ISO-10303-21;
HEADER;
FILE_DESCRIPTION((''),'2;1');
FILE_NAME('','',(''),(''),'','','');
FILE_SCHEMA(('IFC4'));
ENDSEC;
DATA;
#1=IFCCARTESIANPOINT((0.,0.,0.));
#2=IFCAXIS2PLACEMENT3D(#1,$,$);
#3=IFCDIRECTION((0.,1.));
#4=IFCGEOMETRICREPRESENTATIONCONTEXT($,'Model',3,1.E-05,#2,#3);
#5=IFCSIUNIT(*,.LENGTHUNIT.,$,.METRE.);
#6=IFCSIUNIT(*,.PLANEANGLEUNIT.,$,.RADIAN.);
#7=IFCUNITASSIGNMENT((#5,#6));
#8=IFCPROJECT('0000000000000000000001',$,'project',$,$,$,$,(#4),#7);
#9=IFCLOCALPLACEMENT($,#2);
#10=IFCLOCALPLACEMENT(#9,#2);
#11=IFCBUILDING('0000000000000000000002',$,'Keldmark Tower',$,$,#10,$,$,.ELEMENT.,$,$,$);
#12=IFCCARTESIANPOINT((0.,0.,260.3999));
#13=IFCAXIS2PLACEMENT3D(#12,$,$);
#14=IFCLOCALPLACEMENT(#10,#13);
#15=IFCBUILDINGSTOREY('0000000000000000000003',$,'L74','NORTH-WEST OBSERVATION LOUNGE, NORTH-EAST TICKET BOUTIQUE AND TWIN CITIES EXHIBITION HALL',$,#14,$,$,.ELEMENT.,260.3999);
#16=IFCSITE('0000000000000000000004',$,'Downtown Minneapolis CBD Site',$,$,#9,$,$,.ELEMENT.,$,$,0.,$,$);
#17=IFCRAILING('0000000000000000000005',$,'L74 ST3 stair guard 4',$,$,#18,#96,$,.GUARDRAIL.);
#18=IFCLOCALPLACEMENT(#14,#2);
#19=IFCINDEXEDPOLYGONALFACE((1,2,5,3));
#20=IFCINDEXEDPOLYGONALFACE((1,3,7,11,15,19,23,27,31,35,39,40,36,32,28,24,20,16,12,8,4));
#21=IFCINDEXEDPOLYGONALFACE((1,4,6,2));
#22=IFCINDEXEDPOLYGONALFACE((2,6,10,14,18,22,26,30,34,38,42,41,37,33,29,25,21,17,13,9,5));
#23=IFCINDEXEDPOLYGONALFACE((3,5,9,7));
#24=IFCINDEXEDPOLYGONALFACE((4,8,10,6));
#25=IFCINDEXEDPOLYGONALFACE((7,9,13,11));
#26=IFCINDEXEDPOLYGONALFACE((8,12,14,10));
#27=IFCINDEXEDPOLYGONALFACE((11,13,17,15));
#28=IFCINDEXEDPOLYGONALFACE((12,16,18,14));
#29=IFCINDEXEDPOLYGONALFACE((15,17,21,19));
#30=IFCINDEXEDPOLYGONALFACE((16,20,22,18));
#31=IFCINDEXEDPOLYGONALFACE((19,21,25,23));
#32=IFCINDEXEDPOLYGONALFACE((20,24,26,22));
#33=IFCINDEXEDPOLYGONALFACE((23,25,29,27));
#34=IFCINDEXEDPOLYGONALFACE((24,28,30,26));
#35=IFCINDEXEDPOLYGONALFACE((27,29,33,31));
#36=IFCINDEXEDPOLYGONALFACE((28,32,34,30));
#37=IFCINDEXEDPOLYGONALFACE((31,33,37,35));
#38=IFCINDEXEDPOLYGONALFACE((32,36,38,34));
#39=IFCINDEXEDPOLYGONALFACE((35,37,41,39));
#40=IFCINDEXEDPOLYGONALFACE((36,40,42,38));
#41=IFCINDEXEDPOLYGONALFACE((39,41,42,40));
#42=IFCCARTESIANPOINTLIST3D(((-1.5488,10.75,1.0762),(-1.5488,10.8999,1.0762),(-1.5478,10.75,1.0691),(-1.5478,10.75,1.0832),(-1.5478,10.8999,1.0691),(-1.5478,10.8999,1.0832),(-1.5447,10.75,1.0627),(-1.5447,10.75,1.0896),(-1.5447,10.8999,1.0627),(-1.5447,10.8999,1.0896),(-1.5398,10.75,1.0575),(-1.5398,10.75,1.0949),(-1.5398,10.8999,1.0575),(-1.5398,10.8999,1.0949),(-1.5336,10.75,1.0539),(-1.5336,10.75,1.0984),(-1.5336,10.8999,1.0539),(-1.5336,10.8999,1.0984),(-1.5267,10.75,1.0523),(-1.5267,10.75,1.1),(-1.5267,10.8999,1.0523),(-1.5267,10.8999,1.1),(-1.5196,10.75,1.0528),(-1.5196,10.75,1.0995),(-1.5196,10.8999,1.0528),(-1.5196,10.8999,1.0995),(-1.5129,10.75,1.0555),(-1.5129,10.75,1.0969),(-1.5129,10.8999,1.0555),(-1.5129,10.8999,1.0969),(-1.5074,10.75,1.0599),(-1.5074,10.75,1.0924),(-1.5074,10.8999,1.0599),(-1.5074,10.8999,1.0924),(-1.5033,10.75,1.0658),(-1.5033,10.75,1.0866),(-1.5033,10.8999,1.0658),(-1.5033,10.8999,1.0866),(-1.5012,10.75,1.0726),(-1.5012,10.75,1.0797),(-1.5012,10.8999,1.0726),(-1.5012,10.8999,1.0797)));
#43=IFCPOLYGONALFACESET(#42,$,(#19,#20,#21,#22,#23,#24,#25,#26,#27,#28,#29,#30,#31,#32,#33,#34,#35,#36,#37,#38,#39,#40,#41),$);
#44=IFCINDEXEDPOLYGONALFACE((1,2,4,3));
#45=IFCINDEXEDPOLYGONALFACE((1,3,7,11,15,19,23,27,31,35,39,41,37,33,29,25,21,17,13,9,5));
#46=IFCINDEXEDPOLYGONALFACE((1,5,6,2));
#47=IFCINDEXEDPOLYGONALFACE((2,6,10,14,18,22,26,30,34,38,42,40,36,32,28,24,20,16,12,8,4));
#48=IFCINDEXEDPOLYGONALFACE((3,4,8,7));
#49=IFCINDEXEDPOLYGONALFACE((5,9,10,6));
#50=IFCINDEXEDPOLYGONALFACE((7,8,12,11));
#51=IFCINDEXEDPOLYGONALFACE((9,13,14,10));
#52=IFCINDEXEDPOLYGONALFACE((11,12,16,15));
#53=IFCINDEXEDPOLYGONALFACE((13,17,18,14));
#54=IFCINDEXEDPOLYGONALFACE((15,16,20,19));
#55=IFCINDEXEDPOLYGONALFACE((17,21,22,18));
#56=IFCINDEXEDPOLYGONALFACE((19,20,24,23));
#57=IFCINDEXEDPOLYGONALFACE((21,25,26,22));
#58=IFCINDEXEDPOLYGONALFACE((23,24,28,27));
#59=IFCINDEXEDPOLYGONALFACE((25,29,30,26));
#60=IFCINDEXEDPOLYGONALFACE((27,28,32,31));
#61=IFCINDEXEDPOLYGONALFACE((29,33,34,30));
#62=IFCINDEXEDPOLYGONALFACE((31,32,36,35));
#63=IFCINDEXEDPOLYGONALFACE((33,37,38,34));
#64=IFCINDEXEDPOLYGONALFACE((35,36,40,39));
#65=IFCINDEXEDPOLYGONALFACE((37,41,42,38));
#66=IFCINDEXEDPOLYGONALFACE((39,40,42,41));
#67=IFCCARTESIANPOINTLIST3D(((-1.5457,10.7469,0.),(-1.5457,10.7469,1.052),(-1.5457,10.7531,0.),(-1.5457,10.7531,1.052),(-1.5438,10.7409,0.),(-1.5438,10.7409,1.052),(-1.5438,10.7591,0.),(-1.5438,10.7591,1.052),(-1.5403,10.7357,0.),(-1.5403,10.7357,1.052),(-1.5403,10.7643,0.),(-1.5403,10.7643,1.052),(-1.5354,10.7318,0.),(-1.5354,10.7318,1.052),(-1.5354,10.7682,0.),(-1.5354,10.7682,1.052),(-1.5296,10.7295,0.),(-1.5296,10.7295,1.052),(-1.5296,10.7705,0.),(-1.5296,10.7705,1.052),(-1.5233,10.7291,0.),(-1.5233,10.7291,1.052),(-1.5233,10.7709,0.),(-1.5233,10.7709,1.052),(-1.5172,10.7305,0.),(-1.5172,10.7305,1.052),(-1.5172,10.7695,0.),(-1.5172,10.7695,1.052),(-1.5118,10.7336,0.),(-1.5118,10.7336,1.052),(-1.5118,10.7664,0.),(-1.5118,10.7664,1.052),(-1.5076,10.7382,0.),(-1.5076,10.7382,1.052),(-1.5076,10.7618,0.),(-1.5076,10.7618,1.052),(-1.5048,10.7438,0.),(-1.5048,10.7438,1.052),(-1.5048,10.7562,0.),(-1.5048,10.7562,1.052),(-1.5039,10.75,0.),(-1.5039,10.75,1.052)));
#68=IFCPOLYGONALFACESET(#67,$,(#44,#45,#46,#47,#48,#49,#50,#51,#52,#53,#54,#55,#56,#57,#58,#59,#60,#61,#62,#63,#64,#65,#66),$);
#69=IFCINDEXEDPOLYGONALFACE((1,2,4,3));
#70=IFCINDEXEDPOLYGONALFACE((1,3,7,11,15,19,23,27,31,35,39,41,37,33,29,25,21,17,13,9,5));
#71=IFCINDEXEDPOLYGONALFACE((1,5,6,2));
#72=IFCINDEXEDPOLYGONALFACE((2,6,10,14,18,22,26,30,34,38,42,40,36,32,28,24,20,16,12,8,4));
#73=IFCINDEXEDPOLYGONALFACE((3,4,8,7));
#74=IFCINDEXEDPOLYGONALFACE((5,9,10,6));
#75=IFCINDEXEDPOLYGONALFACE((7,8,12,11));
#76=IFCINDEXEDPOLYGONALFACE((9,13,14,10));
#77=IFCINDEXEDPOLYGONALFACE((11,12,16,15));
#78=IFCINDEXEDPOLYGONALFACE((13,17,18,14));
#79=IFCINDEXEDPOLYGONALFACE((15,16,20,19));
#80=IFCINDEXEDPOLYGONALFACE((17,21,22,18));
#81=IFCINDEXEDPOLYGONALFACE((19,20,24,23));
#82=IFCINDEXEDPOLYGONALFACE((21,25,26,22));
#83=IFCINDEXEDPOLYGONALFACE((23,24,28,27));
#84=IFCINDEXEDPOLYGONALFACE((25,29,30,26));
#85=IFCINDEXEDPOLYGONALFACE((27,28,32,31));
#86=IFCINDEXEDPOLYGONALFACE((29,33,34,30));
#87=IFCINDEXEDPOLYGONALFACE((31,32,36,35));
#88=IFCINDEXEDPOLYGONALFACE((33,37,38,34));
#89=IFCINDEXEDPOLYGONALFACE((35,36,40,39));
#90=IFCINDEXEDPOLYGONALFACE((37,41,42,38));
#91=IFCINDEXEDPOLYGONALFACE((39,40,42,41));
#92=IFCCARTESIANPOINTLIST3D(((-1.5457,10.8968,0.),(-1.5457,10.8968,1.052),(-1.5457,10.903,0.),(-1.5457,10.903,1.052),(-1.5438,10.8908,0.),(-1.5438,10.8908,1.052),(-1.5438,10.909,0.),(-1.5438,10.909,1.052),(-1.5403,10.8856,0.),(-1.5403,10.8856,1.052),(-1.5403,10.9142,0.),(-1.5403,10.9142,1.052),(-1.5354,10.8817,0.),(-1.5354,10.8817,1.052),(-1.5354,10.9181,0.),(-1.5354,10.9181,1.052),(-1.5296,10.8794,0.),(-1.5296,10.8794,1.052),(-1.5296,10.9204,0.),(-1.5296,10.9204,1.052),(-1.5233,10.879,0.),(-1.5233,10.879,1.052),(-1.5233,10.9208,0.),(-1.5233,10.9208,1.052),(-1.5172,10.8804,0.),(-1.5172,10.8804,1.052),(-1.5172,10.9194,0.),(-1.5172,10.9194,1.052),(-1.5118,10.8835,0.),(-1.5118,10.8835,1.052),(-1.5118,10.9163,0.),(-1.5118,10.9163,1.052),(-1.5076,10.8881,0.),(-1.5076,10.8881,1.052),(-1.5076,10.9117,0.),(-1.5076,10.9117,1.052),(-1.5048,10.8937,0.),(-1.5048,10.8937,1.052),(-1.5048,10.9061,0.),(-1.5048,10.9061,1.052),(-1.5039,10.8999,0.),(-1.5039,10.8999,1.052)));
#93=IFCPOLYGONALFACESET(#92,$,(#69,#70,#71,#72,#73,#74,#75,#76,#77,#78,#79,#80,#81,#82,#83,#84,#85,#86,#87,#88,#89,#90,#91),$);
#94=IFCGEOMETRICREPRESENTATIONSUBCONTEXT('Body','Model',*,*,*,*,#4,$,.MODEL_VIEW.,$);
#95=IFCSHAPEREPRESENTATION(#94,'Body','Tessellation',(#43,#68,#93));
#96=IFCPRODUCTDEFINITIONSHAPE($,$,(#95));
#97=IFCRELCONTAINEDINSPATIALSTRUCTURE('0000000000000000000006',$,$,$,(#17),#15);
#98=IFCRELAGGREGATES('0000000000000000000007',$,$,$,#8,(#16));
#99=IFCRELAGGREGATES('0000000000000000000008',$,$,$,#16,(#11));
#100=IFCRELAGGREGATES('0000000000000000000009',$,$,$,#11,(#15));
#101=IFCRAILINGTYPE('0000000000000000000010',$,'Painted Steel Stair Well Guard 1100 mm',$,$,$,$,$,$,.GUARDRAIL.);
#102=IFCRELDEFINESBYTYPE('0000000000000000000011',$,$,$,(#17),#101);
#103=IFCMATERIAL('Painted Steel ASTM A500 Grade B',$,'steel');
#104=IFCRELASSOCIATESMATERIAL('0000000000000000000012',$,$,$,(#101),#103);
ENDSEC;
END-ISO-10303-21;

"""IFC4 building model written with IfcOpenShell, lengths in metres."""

from ifc_helpers import new_model, si_unit, direction, frame, origin, origin_2d, place, context, subcontext, project, spatial, circle, extrude, material, type_object, element, save


model = new_model("IFC4")

# Units and contexts
model_context = context("Model", 3, precision=1e-05, world=origin(), true_north=direction((0.0, 1.0)))
body_context = subcontext(model_context, "Body", "Model", "MODEL_VIEW")
ifc_project = project(units=[si_unit("LENGTHUNIT", "METRE"), si_unit("PLANEANGLEUNIT", "RADIAN")], contexts=[model_context])

# Site, building, storey
site_placement = place(None, origin())
site = spatial("IfcSite", under=ifc_project, at=site_placement, Name="Downtown Minneapolis CBD Site", CompositionType="ELEMENT", RefElevation=0.0)
building_placement = place(site_placement, origin())
building = spatial("IfcBuilding", under=site, at=building_placement, Name="Keldmark Tower", CompositionType="ELEMENT")
storey_placement = place(building_placement, frame((0.0, 0.0, 260.3999)))
storey = spatial("IfcBuildingStorey", under=building, at=storey_placement, Name="L74", Description="NORTH-WEST OBSERVATION LOUNGE, NORTH-EAST TICKET BOUTIQUE AND TWIN CITIES EXHIBITION HALL", CompositionType="ELEMENT", Elevation=260.3999)

# Railing
ifc_material_1 = material(Name="Painted Steel ASTM A500 Grade B", Category="steel")
railing_type_1 = type_object("IfcRailingType", Name="Painted Steel Stair Well Guard 1100 mm", PredefinedType="GUARDRAIL", material=ifc_material_1)
railing_1_placement = place(storey_placement, frame((-1.5249, 10.75, 0.0)))
element("IfcRailing", 1, at=railing_1_placement, inside=storey, type_object=railing_type_1, Name="L74 ST3 stair guard 4", PredefinedType="GUARDRAIL", context=body_context, shape_type="SweptSolid", body=[
    extrude(circle(Radius=0.0239, at=origin_2d()), frame((0.0, 0.0, 1.0762), z_axis=(0.0, 1.0, 0.0), x_axis=(-1.0, 0.0, 0.0)), (0.0, 0.0, 1.0), 0.1499),
    extrude(circle(Radius=0.021, at=origin_2d()), origin(), (0.0, 0.0, 1.0), 1.052),
    extrude(circle(Radius=0.021, at=origin_2d()), frame((0.0, 0.1499, 0.0)), (0.0, 0.0, 1.0), 1.052),
])

save(model, "model.ifc")
